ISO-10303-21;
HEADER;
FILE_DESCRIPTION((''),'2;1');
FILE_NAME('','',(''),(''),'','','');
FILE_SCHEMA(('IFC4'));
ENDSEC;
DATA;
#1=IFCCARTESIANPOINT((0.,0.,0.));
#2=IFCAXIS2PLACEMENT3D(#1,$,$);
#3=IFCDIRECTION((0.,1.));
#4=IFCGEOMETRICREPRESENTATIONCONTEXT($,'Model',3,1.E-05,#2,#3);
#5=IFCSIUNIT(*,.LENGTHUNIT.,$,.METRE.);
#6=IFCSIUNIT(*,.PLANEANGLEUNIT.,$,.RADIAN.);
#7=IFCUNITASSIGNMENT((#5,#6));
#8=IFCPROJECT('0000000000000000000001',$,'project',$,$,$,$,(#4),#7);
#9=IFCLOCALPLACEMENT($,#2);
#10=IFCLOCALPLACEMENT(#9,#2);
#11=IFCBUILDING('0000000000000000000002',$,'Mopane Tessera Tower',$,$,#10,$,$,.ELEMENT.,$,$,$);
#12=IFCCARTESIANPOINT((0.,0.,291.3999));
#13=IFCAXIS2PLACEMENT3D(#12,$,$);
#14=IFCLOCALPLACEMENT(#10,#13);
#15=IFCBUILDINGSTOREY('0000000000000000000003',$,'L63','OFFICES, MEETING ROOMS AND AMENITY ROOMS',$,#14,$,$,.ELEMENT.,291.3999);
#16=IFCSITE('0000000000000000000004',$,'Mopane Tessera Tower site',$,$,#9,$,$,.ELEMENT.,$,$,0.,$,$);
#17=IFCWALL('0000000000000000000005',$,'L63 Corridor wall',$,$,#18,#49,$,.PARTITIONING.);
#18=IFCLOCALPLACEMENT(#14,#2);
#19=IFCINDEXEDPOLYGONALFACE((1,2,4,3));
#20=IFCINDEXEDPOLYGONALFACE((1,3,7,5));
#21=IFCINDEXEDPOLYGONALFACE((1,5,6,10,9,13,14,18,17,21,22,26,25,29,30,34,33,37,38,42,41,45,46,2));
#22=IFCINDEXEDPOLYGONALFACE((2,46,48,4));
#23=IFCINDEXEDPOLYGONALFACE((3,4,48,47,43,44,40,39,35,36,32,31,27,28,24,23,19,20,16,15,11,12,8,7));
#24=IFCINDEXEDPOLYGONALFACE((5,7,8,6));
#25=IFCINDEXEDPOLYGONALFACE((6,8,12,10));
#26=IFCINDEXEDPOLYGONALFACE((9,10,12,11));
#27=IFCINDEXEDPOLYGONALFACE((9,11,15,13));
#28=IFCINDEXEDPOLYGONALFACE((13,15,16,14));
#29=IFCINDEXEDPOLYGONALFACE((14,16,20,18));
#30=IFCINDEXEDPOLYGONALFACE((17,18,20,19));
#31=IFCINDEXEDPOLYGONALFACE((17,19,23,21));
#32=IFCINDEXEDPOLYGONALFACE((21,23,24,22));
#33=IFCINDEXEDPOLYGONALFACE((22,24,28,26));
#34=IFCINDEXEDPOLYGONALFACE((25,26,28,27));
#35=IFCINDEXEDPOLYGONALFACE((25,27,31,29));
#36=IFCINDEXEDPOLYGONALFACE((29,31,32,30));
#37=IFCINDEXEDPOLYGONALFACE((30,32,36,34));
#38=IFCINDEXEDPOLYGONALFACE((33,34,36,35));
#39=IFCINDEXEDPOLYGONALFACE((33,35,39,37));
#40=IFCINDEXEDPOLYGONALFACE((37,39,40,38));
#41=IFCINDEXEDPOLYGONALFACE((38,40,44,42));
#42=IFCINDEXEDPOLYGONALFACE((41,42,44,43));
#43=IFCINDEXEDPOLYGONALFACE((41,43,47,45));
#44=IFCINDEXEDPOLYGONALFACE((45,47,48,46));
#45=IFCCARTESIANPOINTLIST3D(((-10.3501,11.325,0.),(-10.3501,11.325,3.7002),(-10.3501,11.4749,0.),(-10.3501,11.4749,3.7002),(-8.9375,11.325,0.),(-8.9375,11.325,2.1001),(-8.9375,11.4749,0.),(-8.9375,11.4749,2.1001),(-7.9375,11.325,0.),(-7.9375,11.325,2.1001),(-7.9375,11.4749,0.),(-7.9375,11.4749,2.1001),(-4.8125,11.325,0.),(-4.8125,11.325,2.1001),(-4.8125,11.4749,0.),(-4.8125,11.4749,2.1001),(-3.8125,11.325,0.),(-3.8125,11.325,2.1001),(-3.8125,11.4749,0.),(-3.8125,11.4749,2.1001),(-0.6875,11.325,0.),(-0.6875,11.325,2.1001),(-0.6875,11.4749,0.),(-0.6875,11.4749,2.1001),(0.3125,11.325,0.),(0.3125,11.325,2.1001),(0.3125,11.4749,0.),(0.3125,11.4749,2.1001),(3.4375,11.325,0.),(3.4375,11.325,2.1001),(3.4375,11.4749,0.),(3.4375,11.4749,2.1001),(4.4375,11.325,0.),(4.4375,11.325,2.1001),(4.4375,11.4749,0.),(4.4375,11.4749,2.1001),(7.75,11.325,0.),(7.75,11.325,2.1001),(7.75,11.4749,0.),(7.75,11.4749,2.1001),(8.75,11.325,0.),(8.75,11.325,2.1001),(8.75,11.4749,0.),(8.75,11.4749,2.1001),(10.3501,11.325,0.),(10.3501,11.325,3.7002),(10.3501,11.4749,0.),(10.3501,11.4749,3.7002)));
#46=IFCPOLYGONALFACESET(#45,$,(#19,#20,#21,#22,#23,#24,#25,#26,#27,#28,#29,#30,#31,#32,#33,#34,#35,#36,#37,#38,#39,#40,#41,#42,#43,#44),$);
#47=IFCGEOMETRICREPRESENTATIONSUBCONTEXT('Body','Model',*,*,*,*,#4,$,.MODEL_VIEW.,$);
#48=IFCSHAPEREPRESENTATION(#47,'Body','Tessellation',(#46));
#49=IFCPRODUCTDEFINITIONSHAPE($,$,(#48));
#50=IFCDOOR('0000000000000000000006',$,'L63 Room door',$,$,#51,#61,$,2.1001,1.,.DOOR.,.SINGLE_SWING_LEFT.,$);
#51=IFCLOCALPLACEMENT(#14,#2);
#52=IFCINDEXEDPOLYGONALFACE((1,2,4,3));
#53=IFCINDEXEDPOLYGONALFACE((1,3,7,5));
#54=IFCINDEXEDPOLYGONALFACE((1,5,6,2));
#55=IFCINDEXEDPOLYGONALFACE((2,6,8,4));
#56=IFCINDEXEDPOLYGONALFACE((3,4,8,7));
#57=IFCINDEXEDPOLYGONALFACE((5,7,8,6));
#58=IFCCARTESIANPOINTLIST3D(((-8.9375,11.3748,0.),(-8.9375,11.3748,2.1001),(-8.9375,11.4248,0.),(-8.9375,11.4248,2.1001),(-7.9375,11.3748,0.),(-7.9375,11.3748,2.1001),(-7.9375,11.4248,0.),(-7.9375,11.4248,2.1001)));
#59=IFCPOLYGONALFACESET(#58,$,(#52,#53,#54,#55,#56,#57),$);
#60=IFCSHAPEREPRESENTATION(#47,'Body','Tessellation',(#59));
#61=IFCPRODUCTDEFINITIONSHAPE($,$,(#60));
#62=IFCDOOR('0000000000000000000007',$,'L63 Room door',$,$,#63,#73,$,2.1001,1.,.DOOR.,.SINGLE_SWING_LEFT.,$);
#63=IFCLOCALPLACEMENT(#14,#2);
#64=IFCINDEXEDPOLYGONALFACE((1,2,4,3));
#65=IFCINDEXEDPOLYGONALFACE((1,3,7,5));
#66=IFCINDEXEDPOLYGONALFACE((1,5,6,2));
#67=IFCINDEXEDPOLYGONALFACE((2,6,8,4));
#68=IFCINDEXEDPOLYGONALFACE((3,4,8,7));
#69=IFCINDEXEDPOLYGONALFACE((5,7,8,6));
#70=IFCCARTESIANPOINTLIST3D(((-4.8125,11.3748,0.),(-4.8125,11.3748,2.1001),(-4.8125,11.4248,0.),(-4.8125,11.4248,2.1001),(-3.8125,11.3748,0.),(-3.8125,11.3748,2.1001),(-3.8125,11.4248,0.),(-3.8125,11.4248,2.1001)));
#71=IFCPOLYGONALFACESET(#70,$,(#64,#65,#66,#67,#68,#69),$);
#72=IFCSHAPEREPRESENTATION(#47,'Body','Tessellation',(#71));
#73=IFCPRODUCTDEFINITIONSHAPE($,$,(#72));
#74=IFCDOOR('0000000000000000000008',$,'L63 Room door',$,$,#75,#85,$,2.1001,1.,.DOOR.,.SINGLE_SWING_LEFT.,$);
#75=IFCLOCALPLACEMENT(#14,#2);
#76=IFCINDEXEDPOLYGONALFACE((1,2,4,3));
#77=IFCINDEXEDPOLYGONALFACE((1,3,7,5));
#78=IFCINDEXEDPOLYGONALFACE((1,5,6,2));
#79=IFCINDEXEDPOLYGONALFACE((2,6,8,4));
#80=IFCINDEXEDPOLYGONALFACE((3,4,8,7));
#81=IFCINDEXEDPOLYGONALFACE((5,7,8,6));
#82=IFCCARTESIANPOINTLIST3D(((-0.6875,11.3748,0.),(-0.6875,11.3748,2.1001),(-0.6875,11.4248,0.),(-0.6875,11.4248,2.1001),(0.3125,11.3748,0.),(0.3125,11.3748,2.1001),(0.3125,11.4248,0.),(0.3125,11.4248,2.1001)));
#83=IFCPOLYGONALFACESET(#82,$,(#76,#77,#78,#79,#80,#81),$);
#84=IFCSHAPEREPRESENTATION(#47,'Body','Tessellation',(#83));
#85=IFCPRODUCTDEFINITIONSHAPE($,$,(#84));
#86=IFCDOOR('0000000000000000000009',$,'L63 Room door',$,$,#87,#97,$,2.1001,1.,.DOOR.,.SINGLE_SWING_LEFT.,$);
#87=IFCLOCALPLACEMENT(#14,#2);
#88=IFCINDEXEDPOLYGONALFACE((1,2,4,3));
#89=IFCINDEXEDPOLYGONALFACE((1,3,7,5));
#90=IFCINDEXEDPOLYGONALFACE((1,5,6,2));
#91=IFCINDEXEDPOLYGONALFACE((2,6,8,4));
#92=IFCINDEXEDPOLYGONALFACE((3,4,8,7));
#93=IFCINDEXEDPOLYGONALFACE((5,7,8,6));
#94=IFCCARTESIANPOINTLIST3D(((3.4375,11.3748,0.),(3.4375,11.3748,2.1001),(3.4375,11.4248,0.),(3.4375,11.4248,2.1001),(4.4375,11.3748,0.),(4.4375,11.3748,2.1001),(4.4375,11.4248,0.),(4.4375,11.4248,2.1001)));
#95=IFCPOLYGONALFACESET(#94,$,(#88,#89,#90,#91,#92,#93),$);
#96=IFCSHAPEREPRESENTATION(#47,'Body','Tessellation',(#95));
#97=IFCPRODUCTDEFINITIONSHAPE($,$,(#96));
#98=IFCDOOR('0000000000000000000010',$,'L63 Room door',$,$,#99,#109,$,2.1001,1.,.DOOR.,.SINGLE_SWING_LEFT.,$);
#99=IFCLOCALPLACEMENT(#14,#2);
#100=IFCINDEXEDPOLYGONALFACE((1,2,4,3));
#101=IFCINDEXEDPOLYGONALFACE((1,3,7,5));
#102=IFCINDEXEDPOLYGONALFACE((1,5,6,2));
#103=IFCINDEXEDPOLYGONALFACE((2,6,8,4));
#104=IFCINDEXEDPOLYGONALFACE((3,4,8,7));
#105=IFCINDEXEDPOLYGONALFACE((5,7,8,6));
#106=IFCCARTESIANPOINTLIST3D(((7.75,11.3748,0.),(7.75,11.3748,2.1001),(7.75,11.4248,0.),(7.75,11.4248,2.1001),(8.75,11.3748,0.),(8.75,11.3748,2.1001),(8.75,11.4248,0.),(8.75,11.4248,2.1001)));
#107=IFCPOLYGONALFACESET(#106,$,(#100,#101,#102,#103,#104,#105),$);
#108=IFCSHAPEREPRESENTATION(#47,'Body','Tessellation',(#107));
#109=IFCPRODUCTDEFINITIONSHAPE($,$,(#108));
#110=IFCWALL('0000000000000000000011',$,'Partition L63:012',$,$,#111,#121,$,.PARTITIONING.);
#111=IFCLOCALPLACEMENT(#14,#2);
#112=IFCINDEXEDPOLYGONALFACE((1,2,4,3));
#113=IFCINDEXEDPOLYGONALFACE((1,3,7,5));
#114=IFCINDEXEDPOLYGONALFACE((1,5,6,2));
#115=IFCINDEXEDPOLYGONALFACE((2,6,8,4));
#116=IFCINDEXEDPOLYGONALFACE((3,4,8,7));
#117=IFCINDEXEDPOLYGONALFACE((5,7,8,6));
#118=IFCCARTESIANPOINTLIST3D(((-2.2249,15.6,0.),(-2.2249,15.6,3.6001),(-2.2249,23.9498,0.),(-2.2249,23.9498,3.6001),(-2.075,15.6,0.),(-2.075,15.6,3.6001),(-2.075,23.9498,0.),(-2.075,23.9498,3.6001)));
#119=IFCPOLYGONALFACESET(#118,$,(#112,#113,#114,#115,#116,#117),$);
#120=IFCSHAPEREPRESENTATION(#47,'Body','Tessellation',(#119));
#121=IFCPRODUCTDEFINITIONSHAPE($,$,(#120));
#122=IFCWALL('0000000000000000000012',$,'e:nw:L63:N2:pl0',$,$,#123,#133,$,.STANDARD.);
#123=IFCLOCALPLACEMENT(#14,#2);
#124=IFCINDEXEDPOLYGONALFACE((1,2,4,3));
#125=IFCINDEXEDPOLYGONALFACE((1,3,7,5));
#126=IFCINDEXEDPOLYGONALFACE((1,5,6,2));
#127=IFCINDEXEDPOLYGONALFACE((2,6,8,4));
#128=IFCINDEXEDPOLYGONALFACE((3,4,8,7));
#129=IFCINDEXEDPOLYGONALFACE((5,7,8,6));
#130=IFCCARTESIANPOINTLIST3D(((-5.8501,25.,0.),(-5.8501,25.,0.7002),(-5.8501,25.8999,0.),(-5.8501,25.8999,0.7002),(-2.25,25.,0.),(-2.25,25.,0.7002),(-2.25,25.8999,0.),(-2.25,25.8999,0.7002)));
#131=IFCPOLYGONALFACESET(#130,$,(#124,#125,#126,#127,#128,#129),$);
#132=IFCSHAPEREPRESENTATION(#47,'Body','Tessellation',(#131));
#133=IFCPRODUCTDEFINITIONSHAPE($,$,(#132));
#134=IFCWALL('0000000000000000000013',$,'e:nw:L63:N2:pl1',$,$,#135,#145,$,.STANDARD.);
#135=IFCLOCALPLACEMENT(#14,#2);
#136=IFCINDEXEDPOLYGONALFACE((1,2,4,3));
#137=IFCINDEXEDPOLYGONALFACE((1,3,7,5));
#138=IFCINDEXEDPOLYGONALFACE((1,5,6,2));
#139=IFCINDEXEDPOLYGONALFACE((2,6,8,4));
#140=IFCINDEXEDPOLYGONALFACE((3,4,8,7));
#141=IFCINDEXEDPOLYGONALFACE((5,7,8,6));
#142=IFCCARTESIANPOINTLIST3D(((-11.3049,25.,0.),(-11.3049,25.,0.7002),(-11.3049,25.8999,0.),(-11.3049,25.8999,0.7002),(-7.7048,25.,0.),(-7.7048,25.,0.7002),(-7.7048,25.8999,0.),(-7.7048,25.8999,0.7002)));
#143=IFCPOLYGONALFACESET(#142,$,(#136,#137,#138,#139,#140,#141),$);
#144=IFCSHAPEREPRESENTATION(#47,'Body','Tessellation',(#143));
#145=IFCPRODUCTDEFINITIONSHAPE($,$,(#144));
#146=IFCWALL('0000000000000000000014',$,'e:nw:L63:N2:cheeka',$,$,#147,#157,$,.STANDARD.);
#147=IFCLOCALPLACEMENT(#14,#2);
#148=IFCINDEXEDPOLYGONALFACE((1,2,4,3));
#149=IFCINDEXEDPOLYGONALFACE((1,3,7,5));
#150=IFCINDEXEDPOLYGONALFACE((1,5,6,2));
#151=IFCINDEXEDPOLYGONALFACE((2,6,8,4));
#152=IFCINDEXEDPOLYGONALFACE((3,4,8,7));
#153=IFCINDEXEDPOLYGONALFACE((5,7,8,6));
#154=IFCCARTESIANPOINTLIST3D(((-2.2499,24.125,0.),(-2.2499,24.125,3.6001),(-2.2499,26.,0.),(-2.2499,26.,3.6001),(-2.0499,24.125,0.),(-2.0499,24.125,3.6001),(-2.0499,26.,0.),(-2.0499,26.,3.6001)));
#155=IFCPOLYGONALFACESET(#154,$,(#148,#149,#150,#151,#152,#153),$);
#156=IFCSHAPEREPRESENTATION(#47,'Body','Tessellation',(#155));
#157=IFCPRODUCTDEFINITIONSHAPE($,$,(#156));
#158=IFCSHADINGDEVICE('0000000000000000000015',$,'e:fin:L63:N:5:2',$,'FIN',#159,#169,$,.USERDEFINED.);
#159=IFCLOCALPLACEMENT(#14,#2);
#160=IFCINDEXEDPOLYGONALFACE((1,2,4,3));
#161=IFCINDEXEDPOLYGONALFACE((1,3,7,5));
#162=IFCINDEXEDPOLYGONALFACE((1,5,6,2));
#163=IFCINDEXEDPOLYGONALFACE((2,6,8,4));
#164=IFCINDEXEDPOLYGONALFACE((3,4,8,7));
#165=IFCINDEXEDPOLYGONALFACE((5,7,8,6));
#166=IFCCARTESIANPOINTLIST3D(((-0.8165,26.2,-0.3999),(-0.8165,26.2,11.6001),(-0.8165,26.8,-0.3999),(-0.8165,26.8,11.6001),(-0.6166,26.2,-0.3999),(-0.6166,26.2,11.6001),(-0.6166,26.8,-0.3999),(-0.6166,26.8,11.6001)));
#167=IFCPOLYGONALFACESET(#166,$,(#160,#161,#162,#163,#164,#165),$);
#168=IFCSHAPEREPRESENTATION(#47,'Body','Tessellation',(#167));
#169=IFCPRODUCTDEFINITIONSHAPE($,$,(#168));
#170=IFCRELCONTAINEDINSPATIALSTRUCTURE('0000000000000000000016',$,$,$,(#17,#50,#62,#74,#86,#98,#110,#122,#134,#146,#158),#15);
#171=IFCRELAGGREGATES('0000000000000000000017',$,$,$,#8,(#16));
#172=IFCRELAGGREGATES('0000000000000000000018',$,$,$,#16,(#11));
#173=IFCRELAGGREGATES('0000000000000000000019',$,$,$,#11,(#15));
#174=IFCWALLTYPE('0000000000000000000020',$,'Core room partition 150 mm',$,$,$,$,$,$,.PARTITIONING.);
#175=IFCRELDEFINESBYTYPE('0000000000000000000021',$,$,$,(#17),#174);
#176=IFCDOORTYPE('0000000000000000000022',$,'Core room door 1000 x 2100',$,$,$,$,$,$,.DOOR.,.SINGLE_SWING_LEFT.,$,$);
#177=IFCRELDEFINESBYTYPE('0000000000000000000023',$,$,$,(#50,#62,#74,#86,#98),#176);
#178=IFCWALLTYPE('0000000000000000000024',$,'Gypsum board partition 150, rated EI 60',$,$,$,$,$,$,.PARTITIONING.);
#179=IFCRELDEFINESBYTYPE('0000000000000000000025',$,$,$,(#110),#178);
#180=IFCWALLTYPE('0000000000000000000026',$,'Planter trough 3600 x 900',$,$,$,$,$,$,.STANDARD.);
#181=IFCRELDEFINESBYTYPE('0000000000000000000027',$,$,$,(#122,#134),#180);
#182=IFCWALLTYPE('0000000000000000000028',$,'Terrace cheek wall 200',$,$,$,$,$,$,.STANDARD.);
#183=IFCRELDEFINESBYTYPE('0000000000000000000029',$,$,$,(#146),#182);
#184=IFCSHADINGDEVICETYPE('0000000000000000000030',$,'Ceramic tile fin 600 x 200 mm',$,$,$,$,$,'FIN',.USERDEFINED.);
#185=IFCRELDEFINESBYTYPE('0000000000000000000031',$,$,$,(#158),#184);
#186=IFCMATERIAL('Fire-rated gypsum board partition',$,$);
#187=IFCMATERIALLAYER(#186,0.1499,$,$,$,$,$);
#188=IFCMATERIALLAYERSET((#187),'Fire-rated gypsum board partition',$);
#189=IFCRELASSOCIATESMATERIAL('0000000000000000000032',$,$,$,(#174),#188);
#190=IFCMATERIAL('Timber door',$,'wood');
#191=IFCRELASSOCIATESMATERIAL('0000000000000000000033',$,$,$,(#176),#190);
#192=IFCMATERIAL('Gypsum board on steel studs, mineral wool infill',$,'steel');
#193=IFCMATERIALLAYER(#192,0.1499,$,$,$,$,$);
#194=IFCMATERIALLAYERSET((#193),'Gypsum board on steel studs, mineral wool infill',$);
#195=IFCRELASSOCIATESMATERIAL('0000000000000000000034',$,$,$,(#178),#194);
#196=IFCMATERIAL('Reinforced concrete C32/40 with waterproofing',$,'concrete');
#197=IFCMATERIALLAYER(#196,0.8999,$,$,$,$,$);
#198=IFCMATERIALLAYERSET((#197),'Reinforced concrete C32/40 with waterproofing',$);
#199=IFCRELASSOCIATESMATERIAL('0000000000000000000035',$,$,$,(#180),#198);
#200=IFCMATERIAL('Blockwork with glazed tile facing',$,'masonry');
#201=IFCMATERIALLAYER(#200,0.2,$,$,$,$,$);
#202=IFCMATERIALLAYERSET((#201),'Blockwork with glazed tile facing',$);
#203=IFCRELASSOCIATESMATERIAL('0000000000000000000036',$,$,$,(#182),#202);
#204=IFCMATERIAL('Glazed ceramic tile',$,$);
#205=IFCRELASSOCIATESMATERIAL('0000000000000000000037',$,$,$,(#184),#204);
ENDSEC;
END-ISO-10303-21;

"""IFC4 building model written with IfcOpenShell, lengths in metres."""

from ifc_helpers import new_model, si_unit, direction, frame, frame_2d, origin, origin_2d, place, context, subcontext, project, spatial, rectangle, extrude, material, layer, layer_set, type_object, element, fill, save


model = new_model("IFC4")

# Units and contexts
model_context = context("Model", 3, precision=1e-05, world=origin(), true_north=direction((0.0, 1.0)))
body_context = subcontext(model_context, "Body", "Model", "MODEL_VIEW")
ifc_project = project(units=[si_unit("LENGTHUNIT", "METRE"), si_unit("PLANEANGLEUNIT", "RADIAN")], contexts=[model_context])

# Site, building, storey
site_placement = place(None, origin())
site = spatial("IfcSite", under=ifc_project, at=site_placement, Name="Mopane Tessera Tower site", CompositionType="ELEMENT", RefElevation=0.0)
building_placement = place(site_placement, origin())
building = spatial("IfcBuilding", under=site, at=building_placement, Name="Mopane Tessera Tower", CompositionType="ELEMENT")
storey_placement = place(building_placement, frame((0.0, 0.0, 291.3999)))
storey = spatial("IfcBuildingStorey", under=building, at=storey_placement, Name="L63", Description="OFFICES, MEETING ROOMS AND AMENITY ROOMS", CompositionType="ELEMENT", Elevation=291.3999)

# Wall, openings, doors
ifc_material_1 = material(Name="Fire-rated gypsum board partition")
ifc_layer_1 = layer(ifc_material_1, 0.1499)
ifc_layer_set_1 = layer_set([ifc_layer_1], Name="Fire-rated gypsum board partition")
wall_type_1 = type_object("IfcWallType", Name="Core room partition 150 mm", PredefinedType="PARTITIONING", material=ifc_layer_set_1)
wall_1_placement = place(storey_placement, frame((-10.3501, 11.3999, 0.0), z_axis=(0.0, 0.0, 1.0), x_axis=(1.0, 0.0, 0.0)))
wall_1 = element("IfcWall", 1, at=wall_1_placement, inside=storey, type_object=wall_type_1, Name="L63 Corridor wall", PredefinedType="PARTITIONING", context=body_context, shape_type="SweptSolid", body=[
    extrude(rectangle(XDim=20.7002, YDim=0.1499, at=frame_2d((10.3501, 0.0))), origin(), (0.0, 0.0, 1.0), 3.7002),
])
opening_1_placement = place(wall_1_placement, frame((1.4126, 0.0, 0.0)))
opening_1 = element("IfcOpeningElement", 2, at=opening_1_placement, cuts=wall_1, PredefinedType="OPENING", context=body_context, shape_type="SweptSolid", body=[
    extrude(rectangle(XDim=1.0, YDim=2.1001, at=frame_2d((0.5, 1.05))), frame((0.0, 0.0869, 0.0), z_axis=(0.0, -1.0, 0.0), x_axis=(1.0, 0.0, 0.0)), (0.0, 0.0, 1.0), 0.1738),
])
opening_2_placement = place(wall_1_placement, frame((5.5376, 0.0, 0.0)))
opening_2 = element("IfcOpeningElement", 3, at=opening_2_placement, cuts=wall_1, PredefinedType="OPENING", context=body_context, shape_type="SweptSolid", body=[
    extrude(rectangle(XDim=1.0, YDim=2.1001, at=frame_2d((0.5, 1.05))), frame((0.0, 0.0869, 0.0), z_axis=(0.0, -1.0, 0.0), x_axis=(1.0, 0.0, 0.0)), (0.0, 0.0, 1.0), 0.1738),
])
opening_3_placement = place(wall_1_placement, frame((9.6626, 0.0, 0.0)))
opening_3 = element("IfcOpeningElement", 4, at=opening_3_placement, cuts=wall_1, PredefinedType="OPENING", context=body_context, shape_type="SweptSolid", body=[
    extrude(rectangle(XDim=1.0, YDim=2.1001, at=frame_2d((0.5, 1.05))), frame((0.0, 0.0869, 0.0), z_axis=(0.0, -1.0, 0.0), x_axis=(1.0, 0.0, 0.0)), (0.0, 0.0, 1.0), 0.1738),
])
opening_4_placement = place(wall_1_placement, frame((13.7876, 0.0, 0.0)))
opening_4 = element("IfcOpeningElement", 5, at=opening_4_placement, cuts=wall_1, PredefinedType="OPENING", context=body_context, shape_type="SweptSolid", body=[
    extrude(rectangle(XDim=1.0, YDim=2.1001, at=frame_2d((0.5, 1.05))), frame((0.0, 0.0869, 0.0), z_axis=(0.0, -1.0, 0.0), x_axis=(1.0, 0.0, 0.0)), (0.0, 0.0, 1.0), 0.1738),
])
opening_5_placement = place(wall_1_placement, frame((18.1001, 0.0, 0.0)))
opening_5 = element("IfcOpeningElement", 6, at=opening_5_placement, cuts=wall_1, PredefinedType="OPENING", context=body_context, shape_type="SweptSolid", body=[
    extrude(rectangle(XDim=1.0, YDim=2.1001, at=frame_2d((0.5, 1.05))), frame((0.0, 0.0869, 0.0), z_axis=(0.0, -1.0, 0.0), x_axis=(1.0, 0.0, 0.0)), (0.0, 0.0, 1.0), 0.1738),
])
ifc_material_2 = material(Name="Timber door", Category="wood")
door_type_1 = type_object("IfcDoorType", Name="Core room door 1000 x 2100", OperationType="SINGLE_SWING_LEFT", PredefinedType="DOOR", material=ifc_material_2)
door_1_placement = place(opening_1_placement, origin())
door_1 = element("IfcDoor", 7, at=door_1_placement, inside=storey, type_object=door_type_1, Name="L63 Room door", OperationType="SINGLE_SWING_LEFT", OverallHeight=2.1001, OverallWidth=1.0, PredefinedType="DOOR", context=body_context, shape_type="SweptSolid", body=[
    extrude(rectangle(XDim=1.0, YDim=2.1001, at=frame_2d((0.5, 1.05))), frame((0.0, 0.0249, 0.0), z_axis=(0.0, -1.0, 0.0), x_axis=(1.0, 0.0, 0.0)), (0.0, 0.0, 1.0), 0.05),
])
fill(opening_1, door_1)
door_2_placement = place(opening_2_placement, origin())
door_2 = element("IfcDoor", 8, at=door_2_placement, inside=storey, type_object=door_type_1, Name="L63 Room door", OperationType="SINGLE_SWING_LEFT", OverallHeight=2.1001, OverallWidth=1.0, PredefinedType="DOOR", context=body_context, shape_type="SweptSolid", body=[
    extrude(rectangle(XDim=1.0, YDim=2.1001, at=frame_2d((0.5, 1.05))), frame((0.0, 0.0249, 0.0), z_axis=(0.0, -1.0, 0.0), x_axis=(1.0, 0.0, 0.0)), (0.0, 0.0, 1.0), 0.05),
])
fill(opening_2, door_2)
door_3_placement = place(opening_3_placement, origin())
door_3 = element("IfcDoor", 9, at=door_3_placement, inside=storey, type_object=door_type_1, Name="L63 Room door", OperationType="SINGLE_SWING_LEFT", OverallHeight=2.1001, OverallWidth=1.0, PredefinedType="DOOR", context=body_context, shape_type="SweptSolid", body=[
    extrude(rectangle(XDim=1.0, YDim=2.1001, at=frame_2d((0.5, 1.05))), frame((0.0, 0.0249, 0.0), z_axis=(0.0, -1.0, 0.0), x_axis=(1.0, 0.0, 0.0)), (0.0, 0.0, 1.0), 0.05),
])
fill(opening_3, door_3)
door_4_placement = place(opening_4_placement, origin())
door_4 = element("IfcDoor", 10, at=door_4_placement, inside=storey, type_object=door_type_1, Name="L63 Room door", OperationType="SINGLE_SWING_LEFT", OverallHeight=2.1001, OverallWidth=1.0, PredefinedType="DOOR", context=body_context, shape_type="SweptSolid", body=[
    extrude(rectangle(XDim=1.0, YDim=2.1001, at=frame_2d((0.5, 1.05))), frame((0.0, 0.0249, 0.0), z_axis=(0.0, -1.0, 0.0), x_axis=(1.0, 0.0, 0.0)), (0.0, 0.0, 1.0), 0.05),
])
fill(opening_4, door_4)
door_5_placement = place(opening_5_placement, origin())
door_5 = element("IfcDoor", 11, at=door_5_placement, inside=storey, type_object=door_type_1, Name="L63 Room door", OperationType="SINGLE_SWING_LEFT", OverallHeight=2.1001, OverallWidth=1.0, PredefinedType="DOOR", context=body_context, shape_type="SweptSolid", body=[
    extrude(rectangle(XDim=1.0, YDim=2.1001, at=frame_2d((0.5, 1.05))), frame((0.0, 0.0249, 0.0), z_axis=(0.0, -1.0, 0.0), x_axis=(1.0, 0.0, 0.0)), (0.0, 0.0, 1.0), 0.05),
])
fill(opening_5, door_5)

# Walls
ifc_material_3 = material(Name="Gypsum board on steel studs, mineral wool infill", Category="steel")
ifc_layer_2 = layer(ifc_material_3, 0.1499)
ifc_layer_set_2 = layer_set([ifc_layer_2], Name="Gypsum board on steel studs, mineral wool infill")
wall_type_2 = type_object("IfcWallType", Name="Gypsum board partition 150, rated EI 60", PredefinedType="PARTITIONING", material=ifc_layer_set_2)
wall_2_placement = place(storey_placement, frame((-2.1499, 15.6001, 0.0), z_axis=(0.0, 0.0, 1.0), x_axis=(0.0, 1.0, 0.0)))
element("IfcWall", 12, at=wall_2_placement, inside=storey, type_object=wall_type_2, Name="Partition L63:012", PredefinedType="PARTITIONING", context=body_context, shape_type="SweptSolid", body=[
    extrude(rectangle(XDim=8.3499, YDim=0.1499, at=frame_2d((4.1748, 0.0))), origin(), (0.0, 0.0, 1.0), 3.6001),
])
ifc_material_4 = material(Name="Reinforced concrete C32/40 with waterproofing", Category="concrete")
ifc_layer_3 = layer(ifc_material_4, 0.8999)
ifc_layer_set_3 = layer_set([ifc_layer_3], Name="Reinforced concrete C32/40 with waterproofing")
wall_type_3 = type_object("IfcWallType", Name="Planter trough 3600 x 900", PredefinedType="STANDARD", material=ifc_layer_set_3)
for number, where, z_axis, x_axis, name in (
    (13, (-2.25, 25.45, 0.0), (0.0, 0.0, 1.0), (-1.0, 0.0, 0.0), "e:nw:L63:N2:pl0"),
    (14, (-7.7048, 25.45, 0.0), (0.0, 0.0, 1.0), (-1.0, 0.0, 0.0), "e:nw:L63:N2:pl1"),
):
    element("IfcWall", number, at=place(storey_placement, frame(where, z_axis=z_axis, x_axis=x_axis)), inside=storey, type_object=wall_type_3, Name=name, PredefinedType="STANDARD", context=body_context, shape_type="SweptSolid", body=[
        extrude(rectangle(XDim=3.6001, YDim=0.8999, at=frame_2d((1.8, 0.0))), origin(), (0.0, 0.0, 1.0), 0.7002),
    ])
ifc_material_5 = material(Name="Blockwork with glazed tile facing", Category="masonry")
ifc_layer_4 = layer(ifc_material_5, 0.2)
ifc_layer_set_4 = layer_set([ifc_layer_4], Name="Blockwork with glazed tile facing")
wall_type_4 = type_object("IfcWallType", Name="Terrace cheek wall 200", PredefinedType="STANDARD", material=ifc_layer_set_4)
wall_3_placement = place(storey_placement, frame((-2.1499, 26.0, 0.0), z_axis=(0.0, 0.0, 1.0), x_axis=(0.0, -1.0, 0.0)))
element("IfcWall", 15, at=wall_3_placement, inside=storey, type_object=wall_type_4, Name="e:nw:L63:N2:cheeka", PredefinedType="STANDARD", context=body_context, shape_type="SweptSolid", body=[
    extrude(rectangle(XDim=1.875, YDim=0.2, at=frame_2d((0.9375, 0.0))), origin(), (0.0, 0.0, 1.0), 3.6001),
])

# Shading device
ifc_material_6 = material(Name="Glazed ceramic tile")
shading_device_type = type_object("IfcShadingDeviceType", Name="Ceramic tile fin 600 x 200 mm", ElementType="FIN", PredefinedType="USERDEFINED", material=ifc_material_6)
for number, where, z_axis, x_axis, name in (
    (16, (-0.7166, 26.5, -0.3999), (0.0, 0.0, 1.0), (-1.0, 0.0, 0.0), "e:fin:L63:N:5:2"),
):
    element("IfcShadingDevice", number, at=place(storey_placement, frame(where, z_axis=z_axis, x_axis=x_axis)), inside=storey, type_object=shading_device_type, Name=name, ObjectType="FIN", PredefinedType="USERDEFINED", context=body_context, shape_type="SweptSolid", body=[
        extrude(rectangle(XDim=0.2, YDim=0.6001, at=origin_2d()), origin(), (0.0, 0.0, 1.0), 12.0),
    ])

save(model, "model.ifc")
